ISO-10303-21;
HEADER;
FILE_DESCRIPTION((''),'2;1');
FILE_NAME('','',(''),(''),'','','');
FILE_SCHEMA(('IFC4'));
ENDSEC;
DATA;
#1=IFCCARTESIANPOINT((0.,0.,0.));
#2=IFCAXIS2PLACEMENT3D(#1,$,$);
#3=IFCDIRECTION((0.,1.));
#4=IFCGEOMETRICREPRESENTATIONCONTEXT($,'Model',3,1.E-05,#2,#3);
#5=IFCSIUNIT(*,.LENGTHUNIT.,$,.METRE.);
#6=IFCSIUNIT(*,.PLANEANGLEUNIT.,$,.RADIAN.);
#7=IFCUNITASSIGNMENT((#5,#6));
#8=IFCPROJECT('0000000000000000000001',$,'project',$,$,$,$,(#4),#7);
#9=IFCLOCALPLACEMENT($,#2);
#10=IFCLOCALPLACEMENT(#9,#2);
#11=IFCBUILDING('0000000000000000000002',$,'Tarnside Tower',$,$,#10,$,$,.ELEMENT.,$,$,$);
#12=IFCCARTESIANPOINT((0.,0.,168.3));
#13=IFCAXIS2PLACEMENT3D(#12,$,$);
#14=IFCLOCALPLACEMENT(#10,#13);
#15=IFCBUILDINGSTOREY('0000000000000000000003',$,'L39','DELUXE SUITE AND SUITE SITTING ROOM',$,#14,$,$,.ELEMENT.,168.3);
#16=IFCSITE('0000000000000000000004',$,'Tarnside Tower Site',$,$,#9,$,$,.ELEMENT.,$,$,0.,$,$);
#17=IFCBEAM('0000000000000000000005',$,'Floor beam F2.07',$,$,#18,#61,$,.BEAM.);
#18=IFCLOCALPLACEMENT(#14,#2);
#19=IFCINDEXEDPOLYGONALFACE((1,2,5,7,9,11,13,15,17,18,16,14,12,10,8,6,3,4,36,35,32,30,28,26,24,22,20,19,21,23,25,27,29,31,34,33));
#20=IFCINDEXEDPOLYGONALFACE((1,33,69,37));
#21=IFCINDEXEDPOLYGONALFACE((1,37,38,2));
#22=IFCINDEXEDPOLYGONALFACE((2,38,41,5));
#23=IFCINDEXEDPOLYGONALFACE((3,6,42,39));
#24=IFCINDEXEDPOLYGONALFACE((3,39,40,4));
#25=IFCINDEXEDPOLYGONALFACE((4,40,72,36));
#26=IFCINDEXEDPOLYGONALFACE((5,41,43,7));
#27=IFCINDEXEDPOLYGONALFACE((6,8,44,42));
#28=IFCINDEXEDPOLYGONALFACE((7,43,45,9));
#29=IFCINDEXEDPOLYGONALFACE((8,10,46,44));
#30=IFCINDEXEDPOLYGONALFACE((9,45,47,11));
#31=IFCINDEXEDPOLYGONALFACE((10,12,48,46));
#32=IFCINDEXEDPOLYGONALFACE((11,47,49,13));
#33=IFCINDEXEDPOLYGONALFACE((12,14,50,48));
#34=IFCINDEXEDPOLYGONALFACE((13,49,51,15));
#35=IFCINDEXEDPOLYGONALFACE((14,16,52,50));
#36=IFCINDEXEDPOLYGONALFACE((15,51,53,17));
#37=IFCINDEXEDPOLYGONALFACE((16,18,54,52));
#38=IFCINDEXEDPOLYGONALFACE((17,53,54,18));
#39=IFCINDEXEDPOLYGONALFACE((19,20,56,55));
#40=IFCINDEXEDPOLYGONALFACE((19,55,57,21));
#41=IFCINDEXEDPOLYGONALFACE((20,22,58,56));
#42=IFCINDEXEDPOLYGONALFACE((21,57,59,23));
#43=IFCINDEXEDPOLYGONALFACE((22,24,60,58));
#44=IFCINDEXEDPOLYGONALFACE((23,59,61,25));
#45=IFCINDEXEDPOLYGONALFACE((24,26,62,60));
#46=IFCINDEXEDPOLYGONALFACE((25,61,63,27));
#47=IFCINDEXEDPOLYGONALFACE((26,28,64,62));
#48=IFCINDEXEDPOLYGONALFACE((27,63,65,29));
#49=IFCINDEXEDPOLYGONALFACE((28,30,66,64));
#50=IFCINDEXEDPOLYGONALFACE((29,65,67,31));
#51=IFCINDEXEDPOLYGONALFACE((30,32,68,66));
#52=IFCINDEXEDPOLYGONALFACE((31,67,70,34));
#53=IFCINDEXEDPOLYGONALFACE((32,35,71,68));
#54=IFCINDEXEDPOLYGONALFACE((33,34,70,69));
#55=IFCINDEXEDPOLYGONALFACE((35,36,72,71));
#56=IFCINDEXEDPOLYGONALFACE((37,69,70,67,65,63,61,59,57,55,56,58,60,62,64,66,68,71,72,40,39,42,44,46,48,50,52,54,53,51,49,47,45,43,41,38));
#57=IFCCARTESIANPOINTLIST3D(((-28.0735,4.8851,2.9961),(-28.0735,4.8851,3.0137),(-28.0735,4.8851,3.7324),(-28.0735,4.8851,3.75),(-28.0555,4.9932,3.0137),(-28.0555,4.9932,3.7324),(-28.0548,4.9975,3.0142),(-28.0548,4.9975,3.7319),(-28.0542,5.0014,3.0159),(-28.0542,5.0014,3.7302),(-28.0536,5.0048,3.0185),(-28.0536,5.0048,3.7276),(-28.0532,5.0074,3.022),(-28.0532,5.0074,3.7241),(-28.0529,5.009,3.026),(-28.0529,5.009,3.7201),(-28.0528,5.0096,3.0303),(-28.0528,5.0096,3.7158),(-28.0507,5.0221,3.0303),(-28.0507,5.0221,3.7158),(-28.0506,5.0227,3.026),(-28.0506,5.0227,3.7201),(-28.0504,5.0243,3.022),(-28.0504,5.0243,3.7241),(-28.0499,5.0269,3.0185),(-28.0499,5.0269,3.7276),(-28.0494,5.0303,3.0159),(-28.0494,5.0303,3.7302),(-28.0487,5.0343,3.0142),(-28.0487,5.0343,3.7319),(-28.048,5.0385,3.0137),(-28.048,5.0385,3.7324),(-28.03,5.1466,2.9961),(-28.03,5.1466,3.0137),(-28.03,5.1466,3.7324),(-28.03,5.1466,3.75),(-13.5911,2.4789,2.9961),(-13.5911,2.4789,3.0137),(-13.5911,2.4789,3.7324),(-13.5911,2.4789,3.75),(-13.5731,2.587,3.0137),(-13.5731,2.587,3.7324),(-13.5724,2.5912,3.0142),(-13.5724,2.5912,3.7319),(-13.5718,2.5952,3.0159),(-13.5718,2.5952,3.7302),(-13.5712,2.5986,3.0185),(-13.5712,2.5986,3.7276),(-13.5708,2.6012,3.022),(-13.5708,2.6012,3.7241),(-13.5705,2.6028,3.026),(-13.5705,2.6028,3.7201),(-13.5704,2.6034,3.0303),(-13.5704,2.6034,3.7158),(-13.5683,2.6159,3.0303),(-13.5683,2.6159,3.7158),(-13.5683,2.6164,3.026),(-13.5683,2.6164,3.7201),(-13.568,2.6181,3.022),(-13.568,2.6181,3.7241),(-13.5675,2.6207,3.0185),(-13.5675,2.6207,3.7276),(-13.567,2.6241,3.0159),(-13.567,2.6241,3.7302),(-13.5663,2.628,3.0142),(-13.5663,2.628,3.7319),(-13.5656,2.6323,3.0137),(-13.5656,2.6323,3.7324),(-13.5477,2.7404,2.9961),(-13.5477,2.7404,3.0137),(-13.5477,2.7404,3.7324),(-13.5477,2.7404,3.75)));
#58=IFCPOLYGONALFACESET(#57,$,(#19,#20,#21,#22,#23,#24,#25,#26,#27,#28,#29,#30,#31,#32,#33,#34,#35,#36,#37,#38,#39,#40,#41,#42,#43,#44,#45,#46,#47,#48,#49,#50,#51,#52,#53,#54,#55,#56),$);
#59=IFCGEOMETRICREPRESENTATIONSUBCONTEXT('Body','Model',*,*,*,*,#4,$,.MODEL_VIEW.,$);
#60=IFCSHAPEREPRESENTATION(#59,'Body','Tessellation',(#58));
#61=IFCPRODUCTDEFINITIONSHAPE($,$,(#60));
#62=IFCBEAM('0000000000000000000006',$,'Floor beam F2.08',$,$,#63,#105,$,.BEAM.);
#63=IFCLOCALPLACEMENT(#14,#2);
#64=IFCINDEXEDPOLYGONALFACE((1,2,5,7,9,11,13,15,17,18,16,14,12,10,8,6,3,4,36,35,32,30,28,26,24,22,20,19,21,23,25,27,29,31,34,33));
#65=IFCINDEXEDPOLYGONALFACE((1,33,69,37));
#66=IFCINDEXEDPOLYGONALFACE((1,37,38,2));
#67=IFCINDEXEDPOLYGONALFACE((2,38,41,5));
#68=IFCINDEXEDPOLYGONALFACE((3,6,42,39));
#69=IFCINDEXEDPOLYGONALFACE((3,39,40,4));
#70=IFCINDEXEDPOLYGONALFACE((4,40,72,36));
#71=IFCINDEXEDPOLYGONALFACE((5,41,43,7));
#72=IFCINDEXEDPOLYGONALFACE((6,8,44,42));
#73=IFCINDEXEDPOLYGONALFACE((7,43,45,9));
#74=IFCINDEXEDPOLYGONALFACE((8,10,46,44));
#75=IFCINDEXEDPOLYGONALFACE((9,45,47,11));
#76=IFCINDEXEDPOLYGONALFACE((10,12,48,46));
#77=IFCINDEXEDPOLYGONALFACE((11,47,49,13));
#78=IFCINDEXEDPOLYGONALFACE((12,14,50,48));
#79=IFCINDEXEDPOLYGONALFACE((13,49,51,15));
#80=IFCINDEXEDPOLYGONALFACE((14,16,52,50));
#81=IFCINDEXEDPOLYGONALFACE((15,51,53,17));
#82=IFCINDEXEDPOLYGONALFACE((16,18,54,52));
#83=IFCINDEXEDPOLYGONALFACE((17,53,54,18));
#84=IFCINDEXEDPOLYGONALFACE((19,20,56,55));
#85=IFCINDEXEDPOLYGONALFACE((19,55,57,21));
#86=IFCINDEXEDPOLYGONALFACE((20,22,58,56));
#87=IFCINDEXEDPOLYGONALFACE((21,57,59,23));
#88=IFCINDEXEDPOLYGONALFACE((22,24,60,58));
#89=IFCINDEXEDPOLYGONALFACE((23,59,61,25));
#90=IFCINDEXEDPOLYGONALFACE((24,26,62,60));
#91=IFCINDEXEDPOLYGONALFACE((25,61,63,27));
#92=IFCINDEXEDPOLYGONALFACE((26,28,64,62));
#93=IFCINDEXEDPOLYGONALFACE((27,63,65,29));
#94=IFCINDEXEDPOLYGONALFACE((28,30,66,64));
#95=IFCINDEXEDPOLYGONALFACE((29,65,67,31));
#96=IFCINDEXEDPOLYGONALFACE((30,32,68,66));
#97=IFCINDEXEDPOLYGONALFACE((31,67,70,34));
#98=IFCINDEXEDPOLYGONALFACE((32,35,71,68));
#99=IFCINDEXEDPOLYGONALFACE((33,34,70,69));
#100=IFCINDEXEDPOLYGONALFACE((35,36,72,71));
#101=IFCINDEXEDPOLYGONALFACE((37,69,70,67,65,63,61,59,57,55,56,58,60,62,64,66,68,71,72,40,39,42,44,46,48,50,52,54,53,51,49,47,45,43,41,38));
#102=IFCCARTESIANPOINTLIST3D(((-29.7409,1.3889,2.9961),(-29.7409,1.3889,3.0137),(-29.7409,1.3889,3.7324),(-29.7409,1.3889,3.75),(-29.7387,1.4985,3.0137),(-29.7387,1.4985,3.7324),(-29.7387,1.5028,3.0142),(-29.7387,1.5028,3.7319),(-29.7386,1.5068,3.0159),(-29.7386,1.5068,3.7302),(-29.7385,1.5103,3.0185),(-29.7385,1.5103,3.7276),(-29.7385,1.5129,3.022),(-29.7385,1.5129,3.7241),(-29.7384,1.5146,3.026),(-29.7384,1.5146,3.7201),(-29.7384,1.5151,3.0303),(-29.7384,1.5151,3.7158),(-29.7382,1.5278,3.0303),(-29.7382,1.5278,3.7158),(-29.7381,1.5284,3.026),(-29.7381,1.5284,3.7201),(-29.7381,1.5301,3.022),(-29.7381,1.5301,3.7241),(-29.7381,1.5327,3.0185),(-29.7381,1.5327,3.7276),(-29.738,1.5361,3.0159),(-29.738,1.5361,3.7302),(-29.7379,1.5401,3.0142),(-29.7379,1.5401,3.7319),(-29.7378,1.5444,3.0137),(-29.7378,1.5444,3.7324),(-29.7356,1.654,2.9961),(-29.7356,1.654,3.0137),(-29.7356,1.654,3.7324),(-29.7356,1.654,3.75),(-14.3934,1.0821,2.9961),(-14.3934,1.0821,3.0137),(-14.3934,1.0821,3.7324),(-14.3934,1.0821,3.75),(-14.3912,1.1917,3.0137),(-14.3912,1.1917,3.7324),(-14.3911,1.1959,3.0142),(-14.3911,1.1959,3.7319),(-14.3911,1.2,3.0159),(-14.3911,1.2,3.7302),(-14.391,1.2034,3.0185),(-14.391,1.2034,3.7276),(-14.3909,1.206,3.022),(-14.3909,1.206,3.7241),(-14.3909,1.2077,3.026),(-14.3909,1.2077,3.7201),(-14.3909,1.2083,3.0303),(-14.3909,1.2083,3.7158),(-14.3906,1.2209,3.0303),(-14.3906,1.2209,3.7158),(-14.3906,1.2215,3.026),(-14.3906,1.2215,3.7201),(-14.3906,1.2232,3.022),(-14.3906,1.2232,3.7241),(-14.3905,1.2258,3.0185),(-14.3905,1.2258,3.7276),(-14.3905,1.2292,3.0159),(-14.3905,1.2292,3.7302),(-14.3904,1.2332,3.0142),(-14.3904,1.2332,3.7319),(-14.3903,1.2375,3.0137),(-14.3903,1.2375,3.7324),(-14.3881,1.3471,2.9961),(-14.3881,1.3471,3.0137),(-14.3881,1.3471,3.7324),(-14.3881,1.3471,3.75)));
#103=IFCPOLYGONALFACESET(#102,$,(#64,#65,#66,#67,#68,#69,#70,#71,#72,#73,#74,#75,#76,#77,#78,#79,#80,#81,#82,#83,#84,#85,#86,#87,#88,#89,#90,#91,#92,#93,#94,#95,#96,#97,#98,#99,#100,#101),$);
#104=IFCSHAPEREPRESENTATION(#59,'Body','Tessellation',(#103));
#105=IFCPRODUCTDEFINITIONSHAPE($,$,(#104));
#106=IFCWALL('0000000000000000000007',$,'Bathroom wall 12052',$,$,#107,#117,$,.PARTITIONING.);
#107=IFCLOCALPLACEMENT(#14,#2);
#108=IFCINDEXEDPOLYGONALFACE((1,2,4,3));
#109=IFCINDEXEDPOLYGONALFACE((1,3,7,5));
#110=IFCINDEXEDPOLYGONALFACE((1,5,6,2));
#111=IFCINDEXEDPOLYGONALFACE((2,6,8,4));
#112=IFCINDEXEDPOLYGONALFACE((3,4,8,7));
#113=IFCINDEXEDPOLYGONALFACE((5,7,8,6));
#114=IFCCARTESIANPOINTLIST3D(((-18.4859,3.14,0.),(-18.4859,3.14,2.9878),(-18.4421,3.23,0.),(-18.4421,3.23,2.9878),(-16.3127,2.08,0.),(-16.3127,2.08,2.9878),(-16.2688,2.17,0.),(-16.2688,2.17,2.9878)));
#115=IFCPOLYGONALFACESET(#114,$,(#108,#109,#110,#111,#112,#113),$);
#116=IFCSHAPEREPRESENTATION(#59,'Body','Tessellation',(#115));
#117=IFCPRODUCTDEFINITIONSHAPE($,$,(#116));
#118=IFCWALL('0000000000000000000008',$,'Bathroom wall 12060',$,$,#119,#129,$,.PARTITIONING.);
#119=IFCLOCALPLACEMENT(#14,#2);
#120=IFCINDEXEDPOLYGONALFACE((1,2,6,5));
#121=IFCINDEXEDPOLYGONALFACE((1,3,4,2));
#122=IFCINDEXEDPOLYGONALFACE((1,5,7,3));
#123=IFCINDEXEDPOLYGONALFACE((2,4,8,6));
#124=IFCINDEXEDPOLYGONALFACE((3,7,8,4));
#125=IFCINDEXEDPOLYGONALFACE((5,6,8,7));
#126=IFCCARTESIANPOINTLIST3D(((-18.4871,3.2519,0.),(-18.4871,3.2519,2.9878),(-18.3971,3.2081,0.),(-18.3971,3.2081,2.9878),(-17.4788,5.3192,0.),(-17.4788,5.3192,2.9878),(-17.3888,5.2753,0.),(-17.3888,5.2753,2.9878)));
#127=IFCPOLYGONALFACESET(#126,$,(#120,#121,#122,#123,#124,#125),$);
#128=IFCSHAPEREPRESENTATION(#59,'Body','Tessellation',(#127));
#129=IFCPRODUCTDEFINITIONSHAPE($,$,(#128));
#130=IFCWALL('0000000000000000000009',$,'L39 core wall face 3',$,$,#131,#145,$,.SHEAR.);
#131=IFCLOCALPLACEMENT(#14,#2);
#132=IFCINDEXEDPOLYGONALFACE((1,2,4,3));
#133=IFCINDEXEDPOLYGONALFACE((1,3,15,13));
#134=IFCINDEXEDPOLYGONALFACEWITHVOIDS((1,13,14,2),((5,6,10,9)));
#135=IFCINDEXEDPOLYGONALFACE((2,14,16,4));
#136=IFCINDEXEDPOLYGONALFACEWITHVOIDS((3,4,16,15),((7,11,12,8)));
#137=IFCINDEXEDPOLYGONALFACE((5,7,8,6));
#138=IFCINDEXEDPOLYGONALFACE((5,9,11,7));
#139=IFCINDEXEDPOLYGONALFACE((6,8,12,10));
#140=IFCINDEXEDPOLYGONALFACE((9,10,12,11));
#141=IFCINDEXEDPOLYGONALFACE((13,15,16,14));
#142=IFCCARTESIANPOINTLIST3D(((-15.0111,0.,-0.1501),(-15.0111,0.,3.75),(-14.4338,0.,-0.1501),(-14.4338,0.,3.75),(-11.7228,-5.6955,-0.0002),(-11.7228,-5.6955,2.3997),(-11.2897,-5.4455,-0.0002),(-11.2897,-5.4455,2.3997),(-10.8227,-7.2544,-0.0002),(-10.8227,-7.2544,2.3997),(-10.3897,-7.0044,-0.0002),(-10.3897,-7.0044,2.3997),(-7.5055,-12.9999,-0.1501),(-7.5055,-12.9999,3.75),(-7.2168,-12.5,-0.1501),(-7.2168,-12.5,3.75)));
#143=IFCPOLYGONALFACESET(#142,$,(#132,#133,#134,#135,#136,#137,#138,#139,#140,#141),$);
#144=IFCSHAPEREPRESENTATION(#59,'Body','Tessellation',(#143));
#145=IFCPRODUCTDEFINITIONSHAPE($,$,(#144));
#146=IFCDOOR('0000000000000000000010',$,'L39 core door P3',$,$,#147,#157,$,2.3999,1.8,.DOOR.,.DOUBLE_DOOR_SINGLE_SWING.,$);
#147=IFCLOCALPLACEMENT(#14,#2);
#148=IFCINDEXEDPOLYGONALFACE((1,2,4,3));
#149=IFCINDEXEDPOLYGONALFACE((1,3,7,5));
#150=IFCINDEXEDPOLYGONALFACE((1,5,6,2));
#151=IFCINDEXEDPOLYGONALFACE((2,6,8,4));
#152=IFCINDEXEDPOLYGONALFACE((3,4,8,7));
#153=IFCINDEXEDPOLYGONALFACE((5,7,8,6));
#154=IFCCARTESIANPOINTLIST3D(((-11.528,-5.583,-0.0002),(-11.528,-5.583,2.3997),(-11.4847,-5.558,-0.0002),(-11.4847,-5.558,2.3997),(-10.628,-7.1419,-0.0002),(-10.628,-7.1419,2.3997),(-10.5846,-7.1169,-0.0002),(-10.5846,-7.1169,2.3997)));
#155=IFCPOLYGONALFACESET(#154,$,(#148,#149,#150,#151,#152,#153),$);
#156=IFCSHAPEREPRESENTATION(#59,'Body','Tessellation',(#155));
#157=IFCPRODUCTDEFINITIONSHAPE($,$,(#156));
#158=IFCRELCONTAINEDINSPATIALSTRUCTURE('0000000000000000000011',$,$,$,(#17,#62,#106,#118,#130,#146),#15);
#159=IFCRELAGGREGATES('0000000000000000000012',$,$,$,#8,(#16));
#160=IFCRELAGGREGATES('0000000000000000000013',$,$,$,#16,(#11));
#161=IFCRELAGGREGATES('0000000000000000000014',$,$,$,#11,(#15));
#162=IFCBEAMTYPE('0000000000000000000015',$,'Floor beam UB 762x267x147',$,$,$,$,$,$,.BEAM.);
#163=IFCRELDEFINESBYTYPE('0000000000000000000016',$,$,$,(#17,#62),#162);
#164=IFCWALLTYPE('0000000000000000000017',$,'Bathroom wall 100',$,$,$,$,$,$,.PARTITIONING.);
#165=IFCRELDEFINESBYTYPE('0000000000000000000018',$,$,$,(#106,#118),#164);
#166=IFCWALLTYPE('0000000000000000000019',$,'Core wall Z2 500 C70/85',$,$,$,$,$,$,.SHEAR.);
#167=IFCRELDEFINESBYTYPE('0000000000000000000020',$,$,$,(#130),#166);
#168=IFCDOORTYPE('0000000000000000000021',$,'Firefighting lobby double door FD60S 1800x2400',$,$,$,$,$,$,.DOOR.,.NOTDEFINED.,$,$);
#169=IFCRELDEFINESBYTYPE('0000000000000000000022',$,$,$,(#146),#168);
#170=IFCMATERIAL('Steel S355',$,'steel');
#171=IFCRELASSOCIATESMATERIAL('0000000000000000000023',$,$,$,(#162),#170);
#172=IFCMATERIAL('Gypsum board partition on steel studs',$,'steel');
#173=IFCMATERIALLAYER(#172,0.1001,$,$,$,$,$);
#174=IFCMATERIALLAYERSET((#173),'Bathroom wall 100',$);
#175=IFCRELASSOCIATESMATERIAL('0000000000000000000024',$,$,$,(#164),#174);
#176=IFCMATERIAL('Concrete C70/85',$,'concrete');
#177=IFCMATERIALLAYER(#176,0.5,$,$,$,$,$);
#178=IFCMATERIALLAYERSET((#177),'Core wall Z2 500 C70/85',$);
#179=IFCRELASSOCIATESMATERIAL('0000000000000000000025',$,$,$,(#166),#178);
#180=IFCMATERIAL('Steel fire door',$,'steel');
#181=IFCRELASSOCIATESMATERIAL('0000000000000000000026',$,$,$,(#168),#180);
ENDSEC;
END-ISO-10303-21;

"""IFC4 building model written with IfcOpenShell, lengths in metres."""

from ifc_helpers import new_model, si_unit, direction, frame, frame_2d, origin, origin_2d, place, context, subcontext, project, spatial, polyline, rectangle, i_section, outline, extrude, material, layer, layer_set, material_profile, profile_set, type_object, element, fill, save


model = new_model("IFC4")

# Units and contexts
model_context = context("Model", 3, precision=1e-05, world=origin(), true_north=direction((0.0, 1.0)))
body_context = subcontext(model_context, "Body", "Model", "MODEL_VIEW")
ifc_project = project(units=[si_unit("LENGTHUNIT", "METRE"), si_unit("PLANEANGLEUNIT", "RADIAN")], contexts=[model_context])

# Site, building, storey
site_placement = place(None, origin())
site = spatial("IfcSite", under=ifc_project, at=site_placement, Name="Tarnside Tower Site", CompositionType="ELEMENT", RefElevation=0.0)
building_placement = place(site_placement, origin())
building = spatial("IfcBuilding", under=site, at=building_placement, Name="Tarnside Tower", CompositionType="ELEMENT")
storey_placement = place(building_placement, frame((0.0, 0.0, 168.3)))
storey = spatial("IfcBuildingStorey", under=building, at=storey_placement, Name="L39", Description="DELUXE SUITE AND SUITE SITTING ROOM", CompositionType="ELEMENT", Elevation=168.3)

# Beams
ifc_material_1 = material(Name="Steel S355", Category="steel")
ifc_material_profile = material_profile(ifc_material_1, i_section(OverallWidth=0.2651, OverallDepth=0.7539, WebThickness=0.0127, FlangeThickness=0.0176, FilletRadius=0.0166, at=origin_2d()), Name="UB 762x267x147")
ifc_profile_set = profile_set([ifc_material_profile], Name="Steel S355")
beam_type = type_object("IfcBeamType", Name="Floor beam UB 762x267x147", PredefinedType="BEAM", material=ifc_profile_set)
beam_1_placement = place(storey_placement, frame((-28.0518, 5.0159, 3.373), z_axis=(0.986476, -0.163903, 0.0), x_axis=(0.163903, 0.986476, 0.0)))
element("IfcBeam", 1, at=beam_1_placement, inside=storey, type_object=beam_type, Name="Floor beam F2.07", PredefinedType="BEAM", context=body_context, shape_type="SweptSolid", body=[
    extrude(i_section(OverallWidth=0.2651, OverallDepth=0.7539, WebThickness=0.0127, FlangeThickness=0.0176, FilletRadius=0.0166, at=origin_2d()), origin(), (0.0, 0.0, 1.0), 14.6809),
])
beam_2_placement = place(storey_placement, frame((-29.7383, 1.5215, 3.373), z_axis=(0.9998, -0.019992, 0.0), x_axis=(0.019992, 0.9998, 0.0)))
element("IfcBeam", 2, at=beam_2_placement, inside=storey, type_object=beam_type, Name="Floor beam F2.08", PredefinedType="BEAM", context=body_context, shape_type="SweptSolid", body=[
    extrude(i_section(OverallWidth=0.2651, OverallDepth=0.7539, WebThickness=0.0127, FlangeThickness=0.0176, FilletRadius=0.0166, at=origin_2d()), origin(), (0.0, 0.0, 1.0), 15.3506),
])

# Walls
ifc_material_2 = material(Name="Gypsum board partition on steel studs", Category="steel")
ifc_layer_1 = layer(ifc_material_2, 0.1001)
ifc_layer_set_1 = layer_set([ifc_layer_1], Name="Bathroom wall 100")
wall_type_1 = type_object("IfcWallType", Name="Bathroom wall 100", PredefinedType="PARTITIONING", material=ifc_layer_set_1)
wall_1_placement = place(storey_placement, frame((-16.2908, 2.125, 0.0), z_axis=(0.0, 0.0, 1.0), x_axis=(-0.898786, 0.438388, 0.0)))
element("IfcWall", 3, at=wall_1_placement, inside=storey, type_object=wall_type_1, Name="Bathroom wall 12052", PredefinedType="PARTITIONING", context=body_context, shape_type="SweptSolid", body=[
    extrude(rectangle(XDim=2.418, YDim=0.1001, at=frame_2d((1.209, 0.0))), origin(), (0.0, 0.0, 1.0), 2.9878),
])
wall_2_placement = place(storey_placement, frame((-17.4338, 5.2971, 0.0), z_axis=(0.0, 0.0, 1.0), x_axis=(-0.438403, -0.898779, 0.0)))
element("IfcWall", 4, at=wall_2_placement, inside=storey, type_object=wall_type_1, Name="Bathroom wall 12060", PredefinedType="PARTITIONING", context=body_context, shape_type="SweptSolid", body=[
    extrude(rectangle(XDim=2.3, YDim=0.1001, at=frame_2d((1.1499, 0.0))), origin(), (0.0, 0.0, 1.0), 2.9878),
])

# Wall, opening, door
ifc_material_3 = material(Name="Concrete C70/85", Category="concrete")
ifc_layer_2 = layer(ifc_material_3, 0.5)
ifc_layer_set_2 = layer_set([ifc_layer_2], Name="Core wall Z2 500 C70/85")
wall_type_2 = type_object("IfcWallType", Name="Core wall Z2 500 C70/85", PredefinedType="SHEAR", material=ifc_layer_set_2)
wall_3_placement = place(storey_placement, frame((-14.7224, 0.0, -0.1501), z_axis=(0.0, 0.0, 1.0), x_axis=(0.500006, -0.866022, 0.0)))
wall_3 = element("IfcWall", 5, at=wall_3_placement, inside=storey, type_object=wall_type_2, Name="L39 core wall face 3", PredefinedType="SHEAR", context=body_context, shape_type="SweptSolid", body=[
    extrude(outline(polyline([(-0.1443, -0.25), (14.8667, -0.25), (14.5781, 0.25), (0.1443, 0.25), (-0.1443, -0.25)])), origin(), (0.0, 0.0, 1.0), 3.9001),
])
opening_1_placement = place(wall_3_placement, frame((6.4324, 0.0, 0.1499)))
opening_1 = element("IfcOpeningElement", 6, at=opening_1_placement, cuts=wall_3, PredefinedType="OPENING", context=body_context, shape_type="SweptSolid", body=[
    extrude(rectangle(XDim=1.8, YDim=2.3999, at=frame_2d((0.8999, 1.2))), frame((0.0, 0.26, 0.0), z_axis=(0.0, -1.0, 0.0), x_axis=(1.0, 0.0, 0.0)), (0.0, 0.0, 1.0), 0.52),
])
ifc_material_4 = material(Name="Steel fire door", Category="steel")
door_type_1 = type_object("IfcDoorType", Name="Firefighting lobby double door FD60S 1800x2400", OperationType="NOTDEFINED", PredefinedType="DOOR", material=ifc_material_4)
door_1_placement = place(opening_1_placement, origin())
door_1 = element("IfcDoor", 7, at=door_1_placement, inside=storey, type_object=door_type_1, Name="L39 core door P3", OperationType="DOUBLE_DOOR_SINGLE_SWING", OverallHeight=2.3999, OverallWidth=1.8, PredefinedType="DOOR", context=body_context, shape_type="SweptSolid", body=[
    extrude(rectangle(XDim=1.8, YDim=2.3999, at=frame_2d((0.8999, 1.2))), frame((0.0, 0.0249, 0.0), z_axis=(0.0, -1.0, 0.0), x_axis=(1.0, 0.0, 0.0)), (0.0, 0.0, 1.0), 0.05),
])
fill(opening_1, door_1)

save(model, "model.ifc")
